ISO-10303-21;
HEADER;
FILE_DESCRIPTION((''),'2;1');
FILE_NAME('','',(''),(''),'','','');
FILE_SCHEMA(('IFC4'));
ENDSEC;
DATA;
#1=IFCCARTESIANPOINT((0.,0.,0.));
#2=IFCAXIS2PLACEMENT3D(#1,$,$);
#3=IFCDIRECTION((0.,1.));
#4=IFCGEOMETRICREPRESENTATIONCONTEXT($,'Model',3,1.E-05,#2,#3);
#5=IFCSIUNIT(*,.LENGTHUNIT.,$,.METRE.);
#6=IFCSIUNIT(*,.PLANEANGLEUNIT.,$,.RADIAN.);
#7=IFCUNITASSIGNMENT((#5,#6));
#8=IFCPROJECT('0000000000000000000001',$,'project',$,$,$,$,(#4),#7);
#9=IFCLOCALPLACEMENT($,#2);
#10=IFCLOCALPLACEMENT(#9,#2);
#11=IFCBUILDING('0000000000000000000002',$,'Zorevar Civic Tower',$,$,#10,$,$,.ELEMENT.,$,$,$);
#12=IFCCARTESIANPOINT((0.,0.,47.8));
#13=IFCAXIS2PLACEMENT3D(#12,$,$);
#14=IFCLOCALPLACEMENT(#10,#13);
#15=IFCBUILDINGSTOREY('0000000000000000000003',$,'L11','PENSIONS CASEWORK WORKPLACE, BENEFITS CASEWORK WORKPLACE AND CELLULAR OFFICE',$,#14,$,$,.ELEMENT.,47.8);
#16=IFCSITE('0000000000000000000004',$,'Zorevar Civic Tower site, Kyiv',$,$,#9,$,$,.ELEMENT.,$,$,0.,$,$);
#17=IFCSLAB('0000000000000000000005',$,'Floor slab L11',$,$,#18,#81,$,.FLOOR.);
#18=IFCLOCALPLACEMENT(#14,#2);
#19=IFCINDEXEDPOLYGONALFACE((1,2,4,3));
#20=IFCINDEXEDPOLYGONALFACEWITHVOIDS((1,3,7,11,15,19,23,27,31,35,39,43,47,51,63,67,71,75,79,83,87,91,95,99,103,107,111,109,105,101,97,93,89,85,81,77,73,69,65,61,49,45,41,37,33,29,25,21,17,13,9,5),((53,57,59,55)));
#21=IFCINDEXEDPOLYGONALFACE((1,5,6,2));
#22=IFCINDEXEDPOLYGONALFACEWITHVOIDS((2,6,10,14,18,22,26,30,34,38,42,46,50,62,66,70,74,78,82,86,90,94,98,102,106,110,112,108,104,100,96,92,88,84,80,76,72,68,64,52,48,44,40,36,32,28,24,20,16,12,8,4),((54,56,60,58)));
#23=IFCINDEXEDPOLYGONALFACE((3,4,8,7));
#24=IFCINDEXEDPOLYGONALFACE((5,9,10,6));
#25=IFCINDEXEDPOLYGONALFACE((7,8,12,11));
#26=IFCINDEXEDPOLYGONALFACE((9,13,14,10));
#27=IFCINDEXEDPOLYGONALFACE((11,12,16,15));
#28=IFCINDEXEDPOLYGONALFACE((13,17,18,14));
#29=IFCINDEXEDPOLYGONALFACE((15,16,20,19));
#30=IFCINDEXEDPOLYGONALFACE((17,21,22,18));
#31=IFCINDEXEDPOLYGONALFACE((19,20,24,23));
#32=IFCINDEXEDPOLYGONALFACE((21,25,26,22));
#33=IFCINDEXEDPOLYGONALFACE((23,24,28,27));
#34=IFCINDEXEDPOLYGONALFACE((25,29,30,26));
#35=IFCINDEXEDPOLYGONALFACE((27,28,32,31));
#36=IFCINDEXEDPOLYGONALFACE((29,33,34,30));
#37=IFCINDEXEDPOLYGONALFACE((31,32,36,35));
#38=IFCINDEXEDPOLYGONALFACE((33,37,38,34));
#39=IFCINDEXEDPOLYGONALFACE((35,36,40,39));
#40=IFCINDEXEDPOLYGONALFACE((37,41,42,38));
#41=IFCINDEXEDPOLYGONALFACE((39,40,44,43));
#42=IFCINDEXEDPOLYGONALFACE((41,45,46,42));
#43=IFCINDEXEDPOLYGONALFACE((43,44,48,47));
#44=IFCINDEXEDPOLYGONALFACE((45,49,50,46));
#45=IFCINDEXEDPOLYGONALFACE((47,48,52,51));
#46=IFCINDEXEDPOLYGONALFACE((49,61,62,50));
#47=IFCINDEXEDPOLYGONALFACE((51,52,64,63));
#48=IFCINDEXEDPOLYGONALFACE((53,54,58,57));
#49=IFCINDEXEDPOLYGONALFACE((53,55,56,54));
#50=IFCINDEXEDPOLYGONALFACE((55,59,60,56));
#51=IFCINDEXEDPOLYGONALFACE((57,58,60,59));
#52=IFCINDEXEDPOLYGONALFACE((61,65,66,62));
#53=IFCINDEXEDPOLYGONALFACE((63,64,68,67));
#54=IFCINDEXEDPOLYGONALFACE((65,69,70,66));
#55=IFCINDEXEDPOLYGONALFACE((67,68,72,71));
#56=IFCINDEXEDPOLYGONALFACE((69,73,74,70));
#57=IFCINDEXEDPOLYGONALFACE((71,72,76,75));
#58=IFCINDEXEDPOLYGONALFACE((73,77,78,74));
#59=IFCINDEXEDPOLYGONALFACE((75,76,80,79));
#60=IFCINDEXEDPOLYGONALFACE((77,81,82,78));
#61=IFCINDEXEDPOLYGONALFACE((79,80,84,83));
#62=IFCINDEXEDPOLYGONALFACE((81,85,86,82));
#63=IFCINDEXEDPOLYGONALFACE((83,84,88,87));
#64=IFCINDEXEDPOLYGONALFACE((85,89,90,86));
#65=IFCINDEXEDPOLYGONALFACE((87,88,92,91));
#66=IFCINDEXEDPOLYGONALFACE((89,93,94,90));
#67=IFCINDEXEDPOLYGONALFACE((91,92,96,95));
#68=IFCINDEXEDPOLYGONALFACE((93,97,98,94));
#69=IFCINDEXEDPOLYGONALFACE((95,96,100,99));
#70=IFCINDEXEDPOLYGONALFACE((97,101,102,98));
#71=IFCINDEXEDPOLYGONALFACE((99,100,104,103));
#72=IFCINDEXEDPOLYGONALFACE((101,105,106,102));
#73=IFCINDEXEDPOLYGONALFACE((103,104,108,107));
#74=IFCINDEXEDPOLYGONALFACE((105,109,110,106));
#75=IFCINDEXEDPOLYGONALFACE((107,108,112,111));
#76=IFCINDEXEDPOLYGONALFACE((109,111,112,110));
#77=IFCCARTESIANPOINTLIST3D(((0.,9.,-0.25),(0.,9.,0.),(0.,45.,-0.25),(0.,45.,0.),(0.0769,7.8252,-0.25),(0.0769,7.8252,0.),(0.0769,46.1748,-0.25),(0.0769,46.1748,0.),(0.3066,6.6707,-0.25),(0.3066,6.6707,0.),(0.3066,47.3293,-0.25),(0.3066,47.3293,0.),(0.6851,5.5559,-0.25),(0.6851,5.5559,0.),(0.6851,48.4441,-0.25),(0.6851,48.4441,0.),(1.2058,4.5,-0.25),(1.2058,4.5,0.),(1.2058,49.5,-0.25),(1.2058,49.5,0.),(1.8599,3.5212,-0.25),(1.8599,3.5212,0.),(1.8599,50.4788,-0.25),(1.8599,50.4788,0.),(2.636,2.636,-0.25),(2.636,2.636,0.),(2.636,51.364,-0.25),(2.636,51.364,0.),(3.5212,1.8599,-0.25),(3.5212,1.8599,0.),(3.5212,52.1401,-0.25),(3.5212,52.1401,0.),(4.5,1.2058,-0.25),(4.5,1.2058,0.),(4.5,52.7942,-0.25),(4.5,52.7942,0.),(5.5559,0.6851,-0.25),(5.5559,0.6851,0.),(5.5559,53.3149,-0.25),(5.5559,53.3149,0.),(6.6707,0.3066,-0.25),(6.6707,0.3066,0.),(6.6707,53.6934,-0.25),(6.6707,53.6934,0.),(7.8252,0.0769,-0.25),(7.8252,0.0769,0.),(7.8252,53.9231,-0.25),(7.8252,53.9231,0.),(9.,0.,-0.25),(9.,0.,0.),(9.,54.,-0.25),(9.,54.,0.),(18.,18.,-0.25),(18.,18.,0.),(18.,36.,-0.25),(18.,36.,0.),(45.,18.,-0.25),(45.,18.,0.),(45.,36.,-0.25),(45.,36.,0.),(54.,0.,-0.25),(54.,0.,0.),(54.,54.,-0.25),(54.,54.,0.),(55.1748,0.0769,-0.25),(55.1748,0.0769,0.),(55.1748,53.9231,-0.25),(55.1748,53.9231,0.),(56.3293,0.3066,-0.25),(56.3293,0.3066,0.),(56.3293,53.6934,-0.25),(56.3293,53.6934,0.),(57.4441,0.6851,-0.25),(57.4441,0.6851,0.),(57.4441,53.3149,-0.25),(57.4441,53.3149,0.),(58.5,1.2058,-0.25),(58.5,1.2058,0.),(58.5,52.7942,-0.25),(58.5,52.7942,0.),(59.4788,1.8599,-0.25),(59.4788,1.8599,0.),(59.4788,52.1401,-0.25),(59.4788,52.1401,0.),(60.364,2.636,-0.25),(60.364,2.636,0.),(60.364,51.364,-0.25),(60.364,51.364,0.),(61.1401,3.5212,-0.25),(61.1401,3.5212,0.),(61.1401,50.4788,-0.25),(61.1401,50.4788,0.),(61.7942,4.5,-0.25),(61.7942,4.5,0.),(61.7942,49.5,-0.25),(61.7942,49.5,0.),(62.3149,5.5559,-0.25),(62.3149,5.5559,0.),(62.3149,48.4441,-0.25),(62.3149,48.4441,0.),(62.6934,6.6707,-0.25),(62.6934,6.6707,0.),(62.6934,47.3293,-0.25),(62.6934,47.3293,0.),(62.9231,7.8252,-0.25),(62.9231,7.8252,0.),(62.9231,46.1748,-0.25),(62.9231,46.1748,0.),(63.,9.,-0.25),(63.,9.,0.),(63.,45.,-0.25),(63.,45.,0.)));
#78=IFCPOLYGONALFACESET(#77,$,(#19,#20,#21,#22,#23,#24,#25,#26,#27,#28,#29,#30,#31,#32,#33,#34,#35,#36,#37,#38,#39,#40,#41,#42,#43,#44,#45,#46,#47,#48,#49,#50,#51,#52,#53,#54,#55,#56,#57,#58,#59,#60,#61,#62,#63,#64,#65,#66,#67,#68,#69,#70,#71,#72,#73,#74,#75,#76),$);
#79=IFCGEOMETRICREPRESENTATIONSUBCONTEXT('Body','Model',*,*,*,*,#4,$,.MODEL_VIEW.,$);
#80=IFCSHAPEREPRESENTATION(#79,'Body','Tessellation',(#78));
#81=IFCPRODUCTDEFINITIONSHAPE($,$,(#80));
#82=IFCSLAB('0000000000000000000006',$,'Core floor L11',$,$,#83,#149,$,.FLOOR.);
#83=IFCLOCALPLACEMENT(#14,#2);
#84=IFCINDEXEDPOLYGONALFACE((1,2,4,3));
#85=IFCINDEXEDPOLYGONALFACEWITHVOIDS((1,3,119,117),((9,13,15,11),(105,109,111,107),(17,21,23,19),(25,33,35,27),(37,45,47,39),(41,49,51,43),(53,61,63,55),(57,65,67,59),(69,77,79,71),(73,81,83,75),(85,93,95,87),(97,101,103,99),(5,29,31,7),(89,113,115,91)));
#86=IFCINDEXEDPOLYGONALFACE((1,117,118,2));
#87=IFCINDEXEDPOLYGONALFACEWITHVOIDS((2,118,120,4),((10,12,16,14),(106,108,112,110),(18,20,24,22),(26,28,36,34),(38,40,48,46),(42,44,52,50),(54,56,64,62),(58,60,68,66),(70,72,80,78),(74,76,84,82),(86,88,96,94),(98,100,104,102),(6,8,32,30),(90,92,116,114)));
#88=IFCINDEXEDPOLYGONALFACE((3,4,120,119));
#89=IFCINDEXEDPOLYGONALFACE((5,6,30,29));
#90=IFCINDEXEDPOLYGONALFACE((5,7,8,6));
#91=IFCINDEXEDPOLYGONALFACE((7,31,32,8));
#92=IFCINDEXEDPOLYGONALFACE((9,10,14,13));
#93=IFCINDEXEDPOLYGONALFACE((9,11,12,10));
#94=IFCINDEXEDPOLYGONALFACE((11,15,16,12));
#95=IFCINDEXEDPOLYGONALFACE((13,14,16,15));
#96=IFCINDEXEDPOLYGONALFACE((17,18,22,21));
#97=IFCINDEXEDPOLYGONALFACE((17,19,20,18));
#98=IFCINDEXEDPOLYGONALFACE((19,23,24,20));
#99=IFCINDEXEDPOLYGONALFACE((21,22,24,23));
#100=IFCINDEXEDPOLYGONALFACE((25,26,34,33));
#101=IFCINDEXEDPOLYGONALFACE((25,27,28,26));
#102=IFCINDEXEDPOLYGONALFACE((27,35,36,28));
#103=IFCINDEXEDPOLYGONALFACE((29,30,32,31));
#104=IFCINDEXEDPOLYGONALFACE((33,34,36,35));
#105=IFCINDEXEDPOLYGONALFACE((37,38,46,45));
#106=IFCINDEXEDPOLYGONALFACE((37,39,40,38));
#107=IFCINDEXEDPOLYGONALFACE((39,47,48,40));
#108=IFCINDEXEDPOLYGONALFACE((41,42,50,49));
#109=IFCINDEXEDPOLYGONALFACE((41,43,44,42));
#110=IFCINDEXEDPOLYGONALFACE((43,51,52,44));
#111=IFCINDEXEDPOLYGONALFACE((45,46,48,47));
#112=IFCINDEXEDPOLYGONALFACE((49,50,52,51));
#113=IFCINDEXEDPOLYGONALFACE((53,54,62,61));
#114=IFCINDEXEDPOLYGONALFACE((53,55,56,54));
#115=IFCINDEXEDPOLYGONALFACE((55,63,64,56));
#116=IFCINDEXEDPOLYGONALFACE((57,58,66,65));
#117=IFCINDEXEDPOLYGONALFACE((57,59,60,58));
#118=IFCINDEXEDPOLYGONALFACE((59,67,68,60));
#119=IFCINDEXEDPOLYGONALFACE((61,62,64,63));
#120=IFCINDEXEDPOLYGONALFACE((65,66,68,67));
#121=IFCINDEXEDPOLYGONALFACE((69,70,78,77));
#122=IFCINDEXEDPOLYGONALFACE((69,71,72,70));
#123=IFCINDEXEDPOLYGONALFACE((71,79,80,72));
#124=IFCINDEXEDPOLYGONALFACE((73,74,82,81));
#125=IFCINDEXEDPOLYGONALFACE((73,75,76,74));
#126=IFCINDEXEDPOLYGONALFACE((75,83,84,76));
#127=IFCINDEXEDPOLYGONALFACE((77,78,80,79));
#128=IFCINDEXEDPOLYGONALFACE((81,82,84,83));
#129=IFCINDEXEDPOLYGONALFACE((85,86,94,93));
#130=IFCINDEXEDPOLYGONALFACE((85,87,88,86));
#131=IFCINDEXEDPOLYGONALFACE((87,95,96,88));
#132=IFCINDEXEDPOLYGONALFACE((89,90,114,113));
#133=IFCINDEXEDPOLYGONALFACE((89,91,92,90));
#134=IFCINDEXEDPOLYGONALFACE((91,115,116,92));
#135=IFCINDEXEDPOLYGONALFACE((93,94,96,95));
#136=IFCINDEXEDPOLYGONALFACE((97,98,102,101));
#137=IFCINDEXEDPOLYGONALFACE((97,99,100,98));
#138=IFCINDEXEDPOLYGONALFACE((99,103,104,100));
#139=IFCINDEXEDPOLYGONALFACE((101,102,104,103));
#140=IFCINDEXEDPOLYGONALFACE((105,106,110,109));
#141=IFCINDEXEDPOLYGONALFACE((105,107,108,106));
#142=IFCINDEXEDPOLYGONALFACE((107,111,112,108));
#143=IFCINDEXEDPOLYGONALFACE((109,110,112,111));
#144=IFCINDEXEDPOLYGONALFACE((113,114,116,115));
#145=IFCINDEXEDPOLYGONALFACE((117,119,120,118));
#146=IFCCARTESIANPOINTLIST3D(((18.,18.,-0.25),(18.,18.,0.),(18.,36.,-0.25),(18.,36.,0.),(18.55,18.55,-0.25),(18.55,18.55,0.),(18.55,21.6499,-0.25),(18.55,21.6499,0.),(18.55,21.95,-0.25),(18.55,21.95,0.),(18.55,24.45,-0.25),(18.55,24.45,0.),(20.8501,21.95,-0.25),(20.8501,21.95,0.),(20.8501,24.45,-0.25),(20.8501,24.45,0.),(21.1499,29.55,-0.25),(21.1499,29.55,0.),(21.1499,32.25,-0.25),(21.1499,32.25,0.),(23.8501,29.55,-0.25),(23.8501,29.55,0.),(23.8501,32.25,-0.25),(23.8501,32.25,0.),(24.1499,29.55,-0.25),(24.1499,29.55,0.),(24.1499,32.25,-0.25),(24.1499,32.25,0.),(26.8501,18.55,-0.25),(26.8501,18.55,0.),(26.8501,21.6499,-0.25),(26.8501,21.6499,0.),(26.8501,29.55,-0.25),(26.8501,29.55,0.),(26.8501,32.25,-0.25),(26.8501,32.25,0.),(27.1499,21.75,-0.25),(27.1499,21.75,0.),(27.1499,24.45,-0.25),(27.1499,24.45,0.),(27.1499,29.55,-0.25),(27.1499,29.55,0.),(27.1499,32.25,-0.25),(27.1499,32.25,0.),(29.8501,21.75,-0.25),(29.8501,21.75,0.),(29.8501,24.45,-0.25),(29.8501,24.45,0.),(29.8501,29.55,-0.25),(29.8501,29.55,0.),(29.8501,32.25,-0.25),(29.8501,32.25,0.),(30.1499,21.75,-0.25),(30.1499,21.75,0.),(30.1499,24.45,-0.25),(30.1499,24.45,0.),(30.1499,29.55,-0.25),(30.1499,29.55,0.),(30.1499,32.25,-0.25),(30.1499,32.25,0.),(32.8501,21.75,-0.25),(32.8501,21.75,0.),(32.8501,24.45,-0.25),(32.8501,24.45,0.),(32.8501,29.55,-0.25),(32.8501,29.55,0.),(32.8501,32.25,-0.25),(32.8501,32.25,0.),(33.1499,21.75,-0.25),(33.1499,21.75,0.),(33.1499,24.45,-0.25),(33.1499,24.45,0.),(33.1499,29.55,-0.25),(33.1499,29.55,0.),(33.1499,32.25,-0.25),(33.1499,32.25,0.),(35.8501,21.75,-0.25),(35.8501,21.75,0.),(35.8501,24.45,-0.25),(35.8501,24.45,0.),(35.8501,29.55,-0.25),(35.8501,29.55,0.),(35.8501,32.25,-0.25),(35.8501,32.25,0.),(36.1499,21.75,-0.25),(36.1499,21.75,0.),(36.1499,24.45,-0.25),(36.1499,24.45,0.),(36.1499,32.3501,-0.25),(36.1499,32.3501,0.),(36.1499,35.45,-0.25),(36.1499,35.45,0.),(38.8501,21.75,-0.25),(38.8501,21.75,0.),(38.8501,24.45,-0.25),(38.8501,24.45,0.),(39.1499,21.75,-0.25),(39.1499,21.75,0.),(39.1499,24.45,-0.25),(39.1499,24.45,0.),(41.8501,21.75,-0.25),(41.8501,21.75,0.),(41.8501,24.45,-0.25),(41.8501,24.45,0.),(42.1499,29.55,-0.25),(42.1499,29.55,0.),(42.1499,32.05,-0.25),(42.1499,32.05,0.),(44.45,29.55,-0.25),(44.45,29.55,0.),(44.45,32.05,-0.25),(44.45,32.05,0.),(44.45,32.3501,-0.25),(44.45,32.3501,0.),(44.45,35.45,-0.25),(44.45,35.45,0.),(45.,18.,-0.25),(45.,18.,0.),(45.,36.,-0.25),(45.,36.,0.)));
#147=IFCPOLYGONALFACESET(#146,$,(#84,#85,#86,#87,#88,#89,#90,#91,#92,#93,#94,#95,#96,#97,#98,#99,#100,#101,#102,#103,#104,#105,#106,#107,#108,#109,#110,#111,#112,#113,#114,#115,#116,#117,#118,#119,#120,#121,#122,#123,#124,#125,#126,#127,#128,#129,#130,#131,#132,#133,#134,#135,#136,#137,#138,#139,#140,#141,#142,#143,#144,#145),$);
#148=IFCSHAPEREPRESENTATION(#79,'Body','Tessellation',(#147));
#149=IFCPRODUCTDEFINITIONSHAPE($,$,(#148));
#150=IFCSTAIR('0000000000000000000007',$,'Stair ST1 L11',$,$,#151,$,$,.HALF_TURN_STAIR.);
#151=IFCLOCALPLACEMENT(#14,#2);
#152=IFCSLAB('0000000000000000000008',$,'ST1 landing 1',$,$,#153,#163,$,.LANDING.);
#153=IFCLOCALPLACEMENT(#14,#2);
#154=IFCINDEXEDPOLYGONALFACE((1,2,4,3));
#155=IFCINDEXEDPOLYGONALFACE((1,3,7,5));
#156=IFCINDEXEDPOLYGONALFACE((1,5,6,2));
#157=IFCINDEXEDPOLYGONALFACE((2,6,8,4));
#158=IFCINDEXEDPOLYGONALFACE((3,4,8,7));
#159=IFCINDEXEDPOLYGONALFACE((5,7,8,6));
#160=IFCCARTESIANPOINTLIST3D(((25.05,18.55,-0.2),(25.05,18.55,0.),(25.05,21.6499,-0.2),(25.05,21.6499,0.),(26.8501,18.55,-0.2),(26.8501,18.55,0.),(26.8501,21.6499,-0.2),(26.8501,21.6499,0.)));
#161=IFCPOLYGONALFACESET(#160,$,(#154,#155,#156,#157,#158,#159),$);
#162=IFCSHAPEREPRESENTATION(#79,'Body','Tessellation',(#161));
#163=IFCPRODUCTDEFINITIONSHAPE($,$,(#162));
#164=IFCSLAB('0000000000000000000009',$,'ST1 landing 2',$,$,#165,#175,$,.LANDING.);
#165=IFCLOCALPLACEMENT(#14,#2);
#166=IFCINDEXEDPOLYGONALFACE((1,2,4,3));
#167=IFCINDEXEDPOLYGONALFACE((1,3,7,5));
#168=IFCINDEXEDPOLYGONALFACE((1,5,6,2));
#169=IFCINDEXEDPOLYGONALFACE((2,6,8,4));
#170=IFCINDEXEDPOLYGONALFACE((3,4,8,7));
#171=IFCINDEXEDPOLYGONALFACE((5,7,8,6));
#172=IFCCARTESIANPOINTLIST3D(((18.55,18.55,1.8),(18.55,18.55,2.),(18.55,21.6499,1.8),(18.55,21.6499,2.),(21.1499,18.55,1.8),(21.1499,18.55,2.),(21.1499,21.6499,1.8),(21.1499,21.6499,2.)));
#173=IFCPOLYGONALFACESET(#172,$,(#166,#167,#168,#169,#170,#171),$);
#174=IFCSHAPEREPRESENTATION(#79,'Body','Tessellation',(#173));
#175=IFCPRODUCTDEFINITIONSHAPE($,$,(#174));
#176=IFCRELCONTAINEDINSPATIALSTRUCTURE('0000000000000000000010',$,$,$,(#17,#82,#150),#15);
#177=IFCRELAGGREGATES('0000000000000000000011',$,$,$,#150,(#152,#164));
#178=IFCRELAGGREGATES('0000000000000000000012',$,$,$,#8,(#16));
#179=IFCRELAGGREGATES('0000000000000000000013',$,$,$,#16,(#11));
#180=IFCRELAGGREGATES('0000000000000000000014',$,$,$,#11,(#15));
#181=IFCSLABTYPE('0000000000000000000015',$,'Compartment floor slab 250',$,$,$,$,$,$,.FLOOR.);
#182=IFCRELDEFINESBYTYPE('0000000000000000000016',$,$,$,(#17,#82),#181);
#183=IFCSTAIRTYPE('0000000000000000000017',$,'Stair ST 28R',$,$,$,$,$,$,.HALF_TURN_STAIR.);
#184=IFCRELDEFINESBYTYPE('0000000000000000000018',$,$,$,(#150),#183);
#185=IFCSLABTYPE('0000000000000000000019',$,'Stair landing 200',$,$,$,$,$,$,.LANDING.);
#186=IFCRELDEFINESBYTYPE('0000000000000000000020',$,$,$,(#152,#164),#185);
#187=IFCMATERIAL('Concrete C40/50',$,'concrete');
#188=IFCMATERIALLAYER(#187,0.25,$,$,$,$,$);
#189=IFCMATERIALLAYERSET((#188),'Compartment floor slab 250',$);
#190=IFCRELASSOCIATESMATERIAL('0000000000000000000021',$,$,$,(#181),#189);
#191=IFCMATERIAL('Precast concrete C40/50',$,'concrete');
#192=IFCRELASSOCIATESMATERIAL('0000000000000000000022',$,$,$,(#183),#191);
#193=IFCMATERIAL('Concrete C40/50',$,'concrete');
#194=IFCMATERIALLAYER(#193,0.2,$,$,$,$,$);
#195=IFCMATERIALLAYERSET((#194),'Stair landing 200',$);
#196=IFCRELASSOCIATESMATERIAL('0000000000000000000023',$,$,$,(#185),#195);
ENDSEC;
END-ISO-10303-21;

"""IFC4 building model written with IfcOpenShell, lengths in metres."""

from ifc_helpers import new_model, si_unit, direction, frame, origin, place, context, subcontext, project, spatial, polyline, outline, extrude, material, layer, layer_set, type_object, element, aggregate, save


model = new_model("IFC4")

# Units and contexts
model_context = context("Model", 3, precision=1e-05, world=origin(), true_north=direction((0.0, 1.0)))
body_context = subcontext(model_context, "Body", "Model", "MODEL_VIEW")
ifc_project = project(units=[si_unit("LENGTHUNIT", "METRE"), si_unit("PLANEANGLEUNIT", "RADIAN")], contexts=[model_context])

# Site, building, storey
site_placement = place(None, origin())
site = spatial("IfcSite", under=ifc_project, at=site_placement, Name="Zorevar Civic Tower site, Kyiv", CompositionType="ELEMENT", RefElevation=0.0)
building_placement = place(site_placement, origin())
building = spatial("IfcBuilding", under=site, at=building_placement, Name="Zorevar Civic Tower", CompositionType="ELEMENT")
storey_placement = place(building_placement, frame((0.0, 0.0, 47.8)))
storey = spatial("IfcBuildingStorey", under=building, at=storey_placement, Name="L11", Description="PENSIONS CASEWORK WORKPLACE, BENEFITS CASEWORK WORKPLACE AND CELLULAR OFFICE", CompositionType="ELEMENT", Elevation=47.8)

# Slabs
ifc_material_1 = material(Name="Concrete C40/50", Category="concrete")
ifc_layer_1 = layer(ifc_material_1, 0.25)
ifc_layer_set_1 = layer_set([ifc_layer_1], Name="Compartment floor slab 250")
slab_type_1 = type_object("IfcSlabType", Name="Compartment floor slab 250", PredefinedType="FLOOR", material=ifc_layer_set_1)
slab_1_placement = place(storey_placement, frame((0.0, 0.0, -0.25)))
element("IfcSlab", 1, at=slab_1_placement, inside=storey, type_object=slab_type_1, Name="Floor slab L11", PredefinedType="FLOOR", context=body_context, shape_type="SweptSolid", body=[
    extrude(outline(polyline([(54.0, 0.0), (55.1748, 0.0769), (56.3293, 0.3066), (57.4441, 0.6851), (58.5, 1.2058), (59.4788, 1.8599), (60.364, 2.636), (61.1401, 3.5212), (61.7942, 4.5), (62.3149, 5.5559), (62.6934, 6.6707), (62.9231, 7.8252), (63.0, 9.0), (63.0, 45.0), (62.9231, 46.1748), (62.6934, 47.3293), (62.3149, 48.4441), (61.7942, 49.5), (61.1401, 50.4788), (60.364, 51.364), (59.4788, 52.1401), (58.5, 52.7942), (57.4441, 53.3149), (56.3293, 53.6934), (55.1748, 53.9231), (54.0, 54.0), (9.0, 54.0), (7.8252, 53.9231), (6.6707, 53.6934), (5.5559, 53.3149), (4.5, 52.7942), (3.5212, 52.1401), (2.636, 51.364), (1.8599, 50.4788), (1.2058, 49.5), (0.6851, 48.4441), (0.3066, 47.3293), (0.0769, 46.1748), (0.0, 45.0), (0.0, 9.0), (0.0769, 7.8252), (0.3066, 6.6707), (0.6851, 5.5559), (1.2058, 4.5), (1.8599, 3.5212), (2.636, 2.636), (3.5212, 1.8599), (4.5, 1.2058), (5.5559, 0.6851), (6.6707, 0.3066), (7.8252, 0.0769), (9.0, 0.0), (54.0, 0.0)]), holes=[polyline([(18.0, 18.0), (45.0, 18.0), (45.0, 36.0), (18.0, 36.0), (18.0, 18.0)])]), origin(), (0.0, 0.0, 1.0), 0.25),
])
slab_2_placement = place(storey_placement, frame((0.0, 0.0, -0.25)))
element("IfcSlab", 2, at=slab_2_placement, inside=storey, type_object=slab_type_1, Name="Core floor L11", PredefinedType="FLOOR", context=body_context, shape_type="SweptSolid", body=[
    extrude(outline(polyline([(18.0, 18.0), (45.0, 18.0), (45.0, 36.0), (18.0, 36.0), (18.0, 18.0)]), holes=[polyline([(18.55, 18.55), (26.8501, 18.55), (26.8501, 21.6499), (18.55, 21.6499), (18.55, 18.55)]), polyline([(36.1499, 32.3501), (44.45, 32.3501), (44.45, 35.45), (36.1499, 35.45), (36.1499, 32.3501)]), polyline([(18.55, 21.95), (20.8501, 21.95), (20.8501, 24.45), (18.55, 24.45), (18.55, 21.95)]), polyline([(42.1499, 29.55), (44.45, 29.55), (44.45, 32.05), (42.1499, 32.05), (42.1499, 29.55)]), polyline([(27.1499, 21.75), (29.8501, 21.75), (29.8501, 24.45), (27.1499, 24.45), (27.1499, 21.75)]), polyline([(33.1499, 29.55), (35.8501, 29.55), (35.8501, 32.25), (33.1499, 32.25), (33.1499, 29.55)]), polyline([(30.1499, 21.75), (32.8501, 21.75), (32.8501, 24.45), (30.1499, 24.45), (30.1499, 21.75)]), polyline([(30.1499, 29.55), (32.8501, 29.55), (32.8501, 32.25), (30.1499, 32.25), (30.1499, 29.55)]), polyline([(33.1499, 21.75), (35.8501, 21.75), (35.8501, 24.45), (33.1499, 24.45), (33.1499, 21.75)]), polyline([(27.1499, 29.55), (29.8501, 29.55), (29.8501, 32.25), (27.1499, 32.25), (27.1499, 29.55)]), polyline([(36.1499, 21.75), (38.8501, 21.75), (38.8501, 24.45), (36.1499, 24.45), (36.1499, 21.75)]), polyline([(24.1499, 29.55), (26.8501, 29.55), (26.8501, 32.25), (24.1499, 32.25), (24.1499, 29.55)]), polyline([(39.1499, 21.75), (41.8501, 21.75), (41.8501, 24.45), (39.1499, 24.45), (39.1499, 21.75)]), polyline([(21.1499, 29.55), (23.8501, 29.55), (23.8501, 32.25), (21.1499, 32.25), (21.1499, 29.55)])]), origin(), (0.0, 0.0, 1.0), 0.25),
])

# Stair, slabs
ifc_material_2 = material(Name="Precast concrete C40/50", Category="concrete")
stair_type = type_object("IfcStairType", Name="Stair ST 28R", PredefinedType="HALF_TURN_STAIR", material=ifc_material_2)
stair_1_placement = place(storey_placement, origin())
stair_1 = element("IfcStair", 3, at=stair_1_placement, inside=storey, type_object=stair_type, Name="Stair ST1 L11", PredefinedType="HALF_TURN_STAIR")
ifc_material_3 = material(Name="Concrete C40/50", Category="concrete")
ifc_layer_2 = layer(ifc_material_3, 0.2)
ifc_layer_set_2 = layer_set([ifc_layer_2], Name="Stair landing 200")
slab_type_2 = type_object("IfcSlabType", Name="Stair landing 200", PredefinedType="LANDING", material=ifc_layer_set_2)
slab_3_placement = place(storey_placement, frame((0.0, 0.0, -0.2)))
slab_3 = element("IfcSlab", 4, at=slab_3_placement, type_object=slab_type_2, Name="ST1 landing 1", PredefinedType="LANDING", context=body_context, shape_type="SweptSolid", body=[
    extrude(outline(polyline([(25.05, 18.55), (26.8501, 18.55), (26.8501, 21.6499), (25.05, 21.6499), (25.05, 18.55)])), origin(), (0.0, 0.0, 1.0), 0.2),
])
slab_4_placement = place(storey_placement, frame((0.0, 0.0, 1.8)))
slab_4 = element("IfcSlab", 5, at=slab_4_placement, type_object=slab_type_2, Name="ST1 landing 2", PredefinedType="LANDING", context=body_context, shape_type="SweptSolid", body=[
    extrude(outline(polyline([(18.55, 18.55), (21.1499, 18.55), (21.1499, 21.6499), (18.55, 21.6499), (18.55, 18.55)])), origin(), (0.0, 0.0, 1.0), 0.2),
])
aggregate(stair_1, [slab_3, slab_4])

save(model, "model.ifc")
